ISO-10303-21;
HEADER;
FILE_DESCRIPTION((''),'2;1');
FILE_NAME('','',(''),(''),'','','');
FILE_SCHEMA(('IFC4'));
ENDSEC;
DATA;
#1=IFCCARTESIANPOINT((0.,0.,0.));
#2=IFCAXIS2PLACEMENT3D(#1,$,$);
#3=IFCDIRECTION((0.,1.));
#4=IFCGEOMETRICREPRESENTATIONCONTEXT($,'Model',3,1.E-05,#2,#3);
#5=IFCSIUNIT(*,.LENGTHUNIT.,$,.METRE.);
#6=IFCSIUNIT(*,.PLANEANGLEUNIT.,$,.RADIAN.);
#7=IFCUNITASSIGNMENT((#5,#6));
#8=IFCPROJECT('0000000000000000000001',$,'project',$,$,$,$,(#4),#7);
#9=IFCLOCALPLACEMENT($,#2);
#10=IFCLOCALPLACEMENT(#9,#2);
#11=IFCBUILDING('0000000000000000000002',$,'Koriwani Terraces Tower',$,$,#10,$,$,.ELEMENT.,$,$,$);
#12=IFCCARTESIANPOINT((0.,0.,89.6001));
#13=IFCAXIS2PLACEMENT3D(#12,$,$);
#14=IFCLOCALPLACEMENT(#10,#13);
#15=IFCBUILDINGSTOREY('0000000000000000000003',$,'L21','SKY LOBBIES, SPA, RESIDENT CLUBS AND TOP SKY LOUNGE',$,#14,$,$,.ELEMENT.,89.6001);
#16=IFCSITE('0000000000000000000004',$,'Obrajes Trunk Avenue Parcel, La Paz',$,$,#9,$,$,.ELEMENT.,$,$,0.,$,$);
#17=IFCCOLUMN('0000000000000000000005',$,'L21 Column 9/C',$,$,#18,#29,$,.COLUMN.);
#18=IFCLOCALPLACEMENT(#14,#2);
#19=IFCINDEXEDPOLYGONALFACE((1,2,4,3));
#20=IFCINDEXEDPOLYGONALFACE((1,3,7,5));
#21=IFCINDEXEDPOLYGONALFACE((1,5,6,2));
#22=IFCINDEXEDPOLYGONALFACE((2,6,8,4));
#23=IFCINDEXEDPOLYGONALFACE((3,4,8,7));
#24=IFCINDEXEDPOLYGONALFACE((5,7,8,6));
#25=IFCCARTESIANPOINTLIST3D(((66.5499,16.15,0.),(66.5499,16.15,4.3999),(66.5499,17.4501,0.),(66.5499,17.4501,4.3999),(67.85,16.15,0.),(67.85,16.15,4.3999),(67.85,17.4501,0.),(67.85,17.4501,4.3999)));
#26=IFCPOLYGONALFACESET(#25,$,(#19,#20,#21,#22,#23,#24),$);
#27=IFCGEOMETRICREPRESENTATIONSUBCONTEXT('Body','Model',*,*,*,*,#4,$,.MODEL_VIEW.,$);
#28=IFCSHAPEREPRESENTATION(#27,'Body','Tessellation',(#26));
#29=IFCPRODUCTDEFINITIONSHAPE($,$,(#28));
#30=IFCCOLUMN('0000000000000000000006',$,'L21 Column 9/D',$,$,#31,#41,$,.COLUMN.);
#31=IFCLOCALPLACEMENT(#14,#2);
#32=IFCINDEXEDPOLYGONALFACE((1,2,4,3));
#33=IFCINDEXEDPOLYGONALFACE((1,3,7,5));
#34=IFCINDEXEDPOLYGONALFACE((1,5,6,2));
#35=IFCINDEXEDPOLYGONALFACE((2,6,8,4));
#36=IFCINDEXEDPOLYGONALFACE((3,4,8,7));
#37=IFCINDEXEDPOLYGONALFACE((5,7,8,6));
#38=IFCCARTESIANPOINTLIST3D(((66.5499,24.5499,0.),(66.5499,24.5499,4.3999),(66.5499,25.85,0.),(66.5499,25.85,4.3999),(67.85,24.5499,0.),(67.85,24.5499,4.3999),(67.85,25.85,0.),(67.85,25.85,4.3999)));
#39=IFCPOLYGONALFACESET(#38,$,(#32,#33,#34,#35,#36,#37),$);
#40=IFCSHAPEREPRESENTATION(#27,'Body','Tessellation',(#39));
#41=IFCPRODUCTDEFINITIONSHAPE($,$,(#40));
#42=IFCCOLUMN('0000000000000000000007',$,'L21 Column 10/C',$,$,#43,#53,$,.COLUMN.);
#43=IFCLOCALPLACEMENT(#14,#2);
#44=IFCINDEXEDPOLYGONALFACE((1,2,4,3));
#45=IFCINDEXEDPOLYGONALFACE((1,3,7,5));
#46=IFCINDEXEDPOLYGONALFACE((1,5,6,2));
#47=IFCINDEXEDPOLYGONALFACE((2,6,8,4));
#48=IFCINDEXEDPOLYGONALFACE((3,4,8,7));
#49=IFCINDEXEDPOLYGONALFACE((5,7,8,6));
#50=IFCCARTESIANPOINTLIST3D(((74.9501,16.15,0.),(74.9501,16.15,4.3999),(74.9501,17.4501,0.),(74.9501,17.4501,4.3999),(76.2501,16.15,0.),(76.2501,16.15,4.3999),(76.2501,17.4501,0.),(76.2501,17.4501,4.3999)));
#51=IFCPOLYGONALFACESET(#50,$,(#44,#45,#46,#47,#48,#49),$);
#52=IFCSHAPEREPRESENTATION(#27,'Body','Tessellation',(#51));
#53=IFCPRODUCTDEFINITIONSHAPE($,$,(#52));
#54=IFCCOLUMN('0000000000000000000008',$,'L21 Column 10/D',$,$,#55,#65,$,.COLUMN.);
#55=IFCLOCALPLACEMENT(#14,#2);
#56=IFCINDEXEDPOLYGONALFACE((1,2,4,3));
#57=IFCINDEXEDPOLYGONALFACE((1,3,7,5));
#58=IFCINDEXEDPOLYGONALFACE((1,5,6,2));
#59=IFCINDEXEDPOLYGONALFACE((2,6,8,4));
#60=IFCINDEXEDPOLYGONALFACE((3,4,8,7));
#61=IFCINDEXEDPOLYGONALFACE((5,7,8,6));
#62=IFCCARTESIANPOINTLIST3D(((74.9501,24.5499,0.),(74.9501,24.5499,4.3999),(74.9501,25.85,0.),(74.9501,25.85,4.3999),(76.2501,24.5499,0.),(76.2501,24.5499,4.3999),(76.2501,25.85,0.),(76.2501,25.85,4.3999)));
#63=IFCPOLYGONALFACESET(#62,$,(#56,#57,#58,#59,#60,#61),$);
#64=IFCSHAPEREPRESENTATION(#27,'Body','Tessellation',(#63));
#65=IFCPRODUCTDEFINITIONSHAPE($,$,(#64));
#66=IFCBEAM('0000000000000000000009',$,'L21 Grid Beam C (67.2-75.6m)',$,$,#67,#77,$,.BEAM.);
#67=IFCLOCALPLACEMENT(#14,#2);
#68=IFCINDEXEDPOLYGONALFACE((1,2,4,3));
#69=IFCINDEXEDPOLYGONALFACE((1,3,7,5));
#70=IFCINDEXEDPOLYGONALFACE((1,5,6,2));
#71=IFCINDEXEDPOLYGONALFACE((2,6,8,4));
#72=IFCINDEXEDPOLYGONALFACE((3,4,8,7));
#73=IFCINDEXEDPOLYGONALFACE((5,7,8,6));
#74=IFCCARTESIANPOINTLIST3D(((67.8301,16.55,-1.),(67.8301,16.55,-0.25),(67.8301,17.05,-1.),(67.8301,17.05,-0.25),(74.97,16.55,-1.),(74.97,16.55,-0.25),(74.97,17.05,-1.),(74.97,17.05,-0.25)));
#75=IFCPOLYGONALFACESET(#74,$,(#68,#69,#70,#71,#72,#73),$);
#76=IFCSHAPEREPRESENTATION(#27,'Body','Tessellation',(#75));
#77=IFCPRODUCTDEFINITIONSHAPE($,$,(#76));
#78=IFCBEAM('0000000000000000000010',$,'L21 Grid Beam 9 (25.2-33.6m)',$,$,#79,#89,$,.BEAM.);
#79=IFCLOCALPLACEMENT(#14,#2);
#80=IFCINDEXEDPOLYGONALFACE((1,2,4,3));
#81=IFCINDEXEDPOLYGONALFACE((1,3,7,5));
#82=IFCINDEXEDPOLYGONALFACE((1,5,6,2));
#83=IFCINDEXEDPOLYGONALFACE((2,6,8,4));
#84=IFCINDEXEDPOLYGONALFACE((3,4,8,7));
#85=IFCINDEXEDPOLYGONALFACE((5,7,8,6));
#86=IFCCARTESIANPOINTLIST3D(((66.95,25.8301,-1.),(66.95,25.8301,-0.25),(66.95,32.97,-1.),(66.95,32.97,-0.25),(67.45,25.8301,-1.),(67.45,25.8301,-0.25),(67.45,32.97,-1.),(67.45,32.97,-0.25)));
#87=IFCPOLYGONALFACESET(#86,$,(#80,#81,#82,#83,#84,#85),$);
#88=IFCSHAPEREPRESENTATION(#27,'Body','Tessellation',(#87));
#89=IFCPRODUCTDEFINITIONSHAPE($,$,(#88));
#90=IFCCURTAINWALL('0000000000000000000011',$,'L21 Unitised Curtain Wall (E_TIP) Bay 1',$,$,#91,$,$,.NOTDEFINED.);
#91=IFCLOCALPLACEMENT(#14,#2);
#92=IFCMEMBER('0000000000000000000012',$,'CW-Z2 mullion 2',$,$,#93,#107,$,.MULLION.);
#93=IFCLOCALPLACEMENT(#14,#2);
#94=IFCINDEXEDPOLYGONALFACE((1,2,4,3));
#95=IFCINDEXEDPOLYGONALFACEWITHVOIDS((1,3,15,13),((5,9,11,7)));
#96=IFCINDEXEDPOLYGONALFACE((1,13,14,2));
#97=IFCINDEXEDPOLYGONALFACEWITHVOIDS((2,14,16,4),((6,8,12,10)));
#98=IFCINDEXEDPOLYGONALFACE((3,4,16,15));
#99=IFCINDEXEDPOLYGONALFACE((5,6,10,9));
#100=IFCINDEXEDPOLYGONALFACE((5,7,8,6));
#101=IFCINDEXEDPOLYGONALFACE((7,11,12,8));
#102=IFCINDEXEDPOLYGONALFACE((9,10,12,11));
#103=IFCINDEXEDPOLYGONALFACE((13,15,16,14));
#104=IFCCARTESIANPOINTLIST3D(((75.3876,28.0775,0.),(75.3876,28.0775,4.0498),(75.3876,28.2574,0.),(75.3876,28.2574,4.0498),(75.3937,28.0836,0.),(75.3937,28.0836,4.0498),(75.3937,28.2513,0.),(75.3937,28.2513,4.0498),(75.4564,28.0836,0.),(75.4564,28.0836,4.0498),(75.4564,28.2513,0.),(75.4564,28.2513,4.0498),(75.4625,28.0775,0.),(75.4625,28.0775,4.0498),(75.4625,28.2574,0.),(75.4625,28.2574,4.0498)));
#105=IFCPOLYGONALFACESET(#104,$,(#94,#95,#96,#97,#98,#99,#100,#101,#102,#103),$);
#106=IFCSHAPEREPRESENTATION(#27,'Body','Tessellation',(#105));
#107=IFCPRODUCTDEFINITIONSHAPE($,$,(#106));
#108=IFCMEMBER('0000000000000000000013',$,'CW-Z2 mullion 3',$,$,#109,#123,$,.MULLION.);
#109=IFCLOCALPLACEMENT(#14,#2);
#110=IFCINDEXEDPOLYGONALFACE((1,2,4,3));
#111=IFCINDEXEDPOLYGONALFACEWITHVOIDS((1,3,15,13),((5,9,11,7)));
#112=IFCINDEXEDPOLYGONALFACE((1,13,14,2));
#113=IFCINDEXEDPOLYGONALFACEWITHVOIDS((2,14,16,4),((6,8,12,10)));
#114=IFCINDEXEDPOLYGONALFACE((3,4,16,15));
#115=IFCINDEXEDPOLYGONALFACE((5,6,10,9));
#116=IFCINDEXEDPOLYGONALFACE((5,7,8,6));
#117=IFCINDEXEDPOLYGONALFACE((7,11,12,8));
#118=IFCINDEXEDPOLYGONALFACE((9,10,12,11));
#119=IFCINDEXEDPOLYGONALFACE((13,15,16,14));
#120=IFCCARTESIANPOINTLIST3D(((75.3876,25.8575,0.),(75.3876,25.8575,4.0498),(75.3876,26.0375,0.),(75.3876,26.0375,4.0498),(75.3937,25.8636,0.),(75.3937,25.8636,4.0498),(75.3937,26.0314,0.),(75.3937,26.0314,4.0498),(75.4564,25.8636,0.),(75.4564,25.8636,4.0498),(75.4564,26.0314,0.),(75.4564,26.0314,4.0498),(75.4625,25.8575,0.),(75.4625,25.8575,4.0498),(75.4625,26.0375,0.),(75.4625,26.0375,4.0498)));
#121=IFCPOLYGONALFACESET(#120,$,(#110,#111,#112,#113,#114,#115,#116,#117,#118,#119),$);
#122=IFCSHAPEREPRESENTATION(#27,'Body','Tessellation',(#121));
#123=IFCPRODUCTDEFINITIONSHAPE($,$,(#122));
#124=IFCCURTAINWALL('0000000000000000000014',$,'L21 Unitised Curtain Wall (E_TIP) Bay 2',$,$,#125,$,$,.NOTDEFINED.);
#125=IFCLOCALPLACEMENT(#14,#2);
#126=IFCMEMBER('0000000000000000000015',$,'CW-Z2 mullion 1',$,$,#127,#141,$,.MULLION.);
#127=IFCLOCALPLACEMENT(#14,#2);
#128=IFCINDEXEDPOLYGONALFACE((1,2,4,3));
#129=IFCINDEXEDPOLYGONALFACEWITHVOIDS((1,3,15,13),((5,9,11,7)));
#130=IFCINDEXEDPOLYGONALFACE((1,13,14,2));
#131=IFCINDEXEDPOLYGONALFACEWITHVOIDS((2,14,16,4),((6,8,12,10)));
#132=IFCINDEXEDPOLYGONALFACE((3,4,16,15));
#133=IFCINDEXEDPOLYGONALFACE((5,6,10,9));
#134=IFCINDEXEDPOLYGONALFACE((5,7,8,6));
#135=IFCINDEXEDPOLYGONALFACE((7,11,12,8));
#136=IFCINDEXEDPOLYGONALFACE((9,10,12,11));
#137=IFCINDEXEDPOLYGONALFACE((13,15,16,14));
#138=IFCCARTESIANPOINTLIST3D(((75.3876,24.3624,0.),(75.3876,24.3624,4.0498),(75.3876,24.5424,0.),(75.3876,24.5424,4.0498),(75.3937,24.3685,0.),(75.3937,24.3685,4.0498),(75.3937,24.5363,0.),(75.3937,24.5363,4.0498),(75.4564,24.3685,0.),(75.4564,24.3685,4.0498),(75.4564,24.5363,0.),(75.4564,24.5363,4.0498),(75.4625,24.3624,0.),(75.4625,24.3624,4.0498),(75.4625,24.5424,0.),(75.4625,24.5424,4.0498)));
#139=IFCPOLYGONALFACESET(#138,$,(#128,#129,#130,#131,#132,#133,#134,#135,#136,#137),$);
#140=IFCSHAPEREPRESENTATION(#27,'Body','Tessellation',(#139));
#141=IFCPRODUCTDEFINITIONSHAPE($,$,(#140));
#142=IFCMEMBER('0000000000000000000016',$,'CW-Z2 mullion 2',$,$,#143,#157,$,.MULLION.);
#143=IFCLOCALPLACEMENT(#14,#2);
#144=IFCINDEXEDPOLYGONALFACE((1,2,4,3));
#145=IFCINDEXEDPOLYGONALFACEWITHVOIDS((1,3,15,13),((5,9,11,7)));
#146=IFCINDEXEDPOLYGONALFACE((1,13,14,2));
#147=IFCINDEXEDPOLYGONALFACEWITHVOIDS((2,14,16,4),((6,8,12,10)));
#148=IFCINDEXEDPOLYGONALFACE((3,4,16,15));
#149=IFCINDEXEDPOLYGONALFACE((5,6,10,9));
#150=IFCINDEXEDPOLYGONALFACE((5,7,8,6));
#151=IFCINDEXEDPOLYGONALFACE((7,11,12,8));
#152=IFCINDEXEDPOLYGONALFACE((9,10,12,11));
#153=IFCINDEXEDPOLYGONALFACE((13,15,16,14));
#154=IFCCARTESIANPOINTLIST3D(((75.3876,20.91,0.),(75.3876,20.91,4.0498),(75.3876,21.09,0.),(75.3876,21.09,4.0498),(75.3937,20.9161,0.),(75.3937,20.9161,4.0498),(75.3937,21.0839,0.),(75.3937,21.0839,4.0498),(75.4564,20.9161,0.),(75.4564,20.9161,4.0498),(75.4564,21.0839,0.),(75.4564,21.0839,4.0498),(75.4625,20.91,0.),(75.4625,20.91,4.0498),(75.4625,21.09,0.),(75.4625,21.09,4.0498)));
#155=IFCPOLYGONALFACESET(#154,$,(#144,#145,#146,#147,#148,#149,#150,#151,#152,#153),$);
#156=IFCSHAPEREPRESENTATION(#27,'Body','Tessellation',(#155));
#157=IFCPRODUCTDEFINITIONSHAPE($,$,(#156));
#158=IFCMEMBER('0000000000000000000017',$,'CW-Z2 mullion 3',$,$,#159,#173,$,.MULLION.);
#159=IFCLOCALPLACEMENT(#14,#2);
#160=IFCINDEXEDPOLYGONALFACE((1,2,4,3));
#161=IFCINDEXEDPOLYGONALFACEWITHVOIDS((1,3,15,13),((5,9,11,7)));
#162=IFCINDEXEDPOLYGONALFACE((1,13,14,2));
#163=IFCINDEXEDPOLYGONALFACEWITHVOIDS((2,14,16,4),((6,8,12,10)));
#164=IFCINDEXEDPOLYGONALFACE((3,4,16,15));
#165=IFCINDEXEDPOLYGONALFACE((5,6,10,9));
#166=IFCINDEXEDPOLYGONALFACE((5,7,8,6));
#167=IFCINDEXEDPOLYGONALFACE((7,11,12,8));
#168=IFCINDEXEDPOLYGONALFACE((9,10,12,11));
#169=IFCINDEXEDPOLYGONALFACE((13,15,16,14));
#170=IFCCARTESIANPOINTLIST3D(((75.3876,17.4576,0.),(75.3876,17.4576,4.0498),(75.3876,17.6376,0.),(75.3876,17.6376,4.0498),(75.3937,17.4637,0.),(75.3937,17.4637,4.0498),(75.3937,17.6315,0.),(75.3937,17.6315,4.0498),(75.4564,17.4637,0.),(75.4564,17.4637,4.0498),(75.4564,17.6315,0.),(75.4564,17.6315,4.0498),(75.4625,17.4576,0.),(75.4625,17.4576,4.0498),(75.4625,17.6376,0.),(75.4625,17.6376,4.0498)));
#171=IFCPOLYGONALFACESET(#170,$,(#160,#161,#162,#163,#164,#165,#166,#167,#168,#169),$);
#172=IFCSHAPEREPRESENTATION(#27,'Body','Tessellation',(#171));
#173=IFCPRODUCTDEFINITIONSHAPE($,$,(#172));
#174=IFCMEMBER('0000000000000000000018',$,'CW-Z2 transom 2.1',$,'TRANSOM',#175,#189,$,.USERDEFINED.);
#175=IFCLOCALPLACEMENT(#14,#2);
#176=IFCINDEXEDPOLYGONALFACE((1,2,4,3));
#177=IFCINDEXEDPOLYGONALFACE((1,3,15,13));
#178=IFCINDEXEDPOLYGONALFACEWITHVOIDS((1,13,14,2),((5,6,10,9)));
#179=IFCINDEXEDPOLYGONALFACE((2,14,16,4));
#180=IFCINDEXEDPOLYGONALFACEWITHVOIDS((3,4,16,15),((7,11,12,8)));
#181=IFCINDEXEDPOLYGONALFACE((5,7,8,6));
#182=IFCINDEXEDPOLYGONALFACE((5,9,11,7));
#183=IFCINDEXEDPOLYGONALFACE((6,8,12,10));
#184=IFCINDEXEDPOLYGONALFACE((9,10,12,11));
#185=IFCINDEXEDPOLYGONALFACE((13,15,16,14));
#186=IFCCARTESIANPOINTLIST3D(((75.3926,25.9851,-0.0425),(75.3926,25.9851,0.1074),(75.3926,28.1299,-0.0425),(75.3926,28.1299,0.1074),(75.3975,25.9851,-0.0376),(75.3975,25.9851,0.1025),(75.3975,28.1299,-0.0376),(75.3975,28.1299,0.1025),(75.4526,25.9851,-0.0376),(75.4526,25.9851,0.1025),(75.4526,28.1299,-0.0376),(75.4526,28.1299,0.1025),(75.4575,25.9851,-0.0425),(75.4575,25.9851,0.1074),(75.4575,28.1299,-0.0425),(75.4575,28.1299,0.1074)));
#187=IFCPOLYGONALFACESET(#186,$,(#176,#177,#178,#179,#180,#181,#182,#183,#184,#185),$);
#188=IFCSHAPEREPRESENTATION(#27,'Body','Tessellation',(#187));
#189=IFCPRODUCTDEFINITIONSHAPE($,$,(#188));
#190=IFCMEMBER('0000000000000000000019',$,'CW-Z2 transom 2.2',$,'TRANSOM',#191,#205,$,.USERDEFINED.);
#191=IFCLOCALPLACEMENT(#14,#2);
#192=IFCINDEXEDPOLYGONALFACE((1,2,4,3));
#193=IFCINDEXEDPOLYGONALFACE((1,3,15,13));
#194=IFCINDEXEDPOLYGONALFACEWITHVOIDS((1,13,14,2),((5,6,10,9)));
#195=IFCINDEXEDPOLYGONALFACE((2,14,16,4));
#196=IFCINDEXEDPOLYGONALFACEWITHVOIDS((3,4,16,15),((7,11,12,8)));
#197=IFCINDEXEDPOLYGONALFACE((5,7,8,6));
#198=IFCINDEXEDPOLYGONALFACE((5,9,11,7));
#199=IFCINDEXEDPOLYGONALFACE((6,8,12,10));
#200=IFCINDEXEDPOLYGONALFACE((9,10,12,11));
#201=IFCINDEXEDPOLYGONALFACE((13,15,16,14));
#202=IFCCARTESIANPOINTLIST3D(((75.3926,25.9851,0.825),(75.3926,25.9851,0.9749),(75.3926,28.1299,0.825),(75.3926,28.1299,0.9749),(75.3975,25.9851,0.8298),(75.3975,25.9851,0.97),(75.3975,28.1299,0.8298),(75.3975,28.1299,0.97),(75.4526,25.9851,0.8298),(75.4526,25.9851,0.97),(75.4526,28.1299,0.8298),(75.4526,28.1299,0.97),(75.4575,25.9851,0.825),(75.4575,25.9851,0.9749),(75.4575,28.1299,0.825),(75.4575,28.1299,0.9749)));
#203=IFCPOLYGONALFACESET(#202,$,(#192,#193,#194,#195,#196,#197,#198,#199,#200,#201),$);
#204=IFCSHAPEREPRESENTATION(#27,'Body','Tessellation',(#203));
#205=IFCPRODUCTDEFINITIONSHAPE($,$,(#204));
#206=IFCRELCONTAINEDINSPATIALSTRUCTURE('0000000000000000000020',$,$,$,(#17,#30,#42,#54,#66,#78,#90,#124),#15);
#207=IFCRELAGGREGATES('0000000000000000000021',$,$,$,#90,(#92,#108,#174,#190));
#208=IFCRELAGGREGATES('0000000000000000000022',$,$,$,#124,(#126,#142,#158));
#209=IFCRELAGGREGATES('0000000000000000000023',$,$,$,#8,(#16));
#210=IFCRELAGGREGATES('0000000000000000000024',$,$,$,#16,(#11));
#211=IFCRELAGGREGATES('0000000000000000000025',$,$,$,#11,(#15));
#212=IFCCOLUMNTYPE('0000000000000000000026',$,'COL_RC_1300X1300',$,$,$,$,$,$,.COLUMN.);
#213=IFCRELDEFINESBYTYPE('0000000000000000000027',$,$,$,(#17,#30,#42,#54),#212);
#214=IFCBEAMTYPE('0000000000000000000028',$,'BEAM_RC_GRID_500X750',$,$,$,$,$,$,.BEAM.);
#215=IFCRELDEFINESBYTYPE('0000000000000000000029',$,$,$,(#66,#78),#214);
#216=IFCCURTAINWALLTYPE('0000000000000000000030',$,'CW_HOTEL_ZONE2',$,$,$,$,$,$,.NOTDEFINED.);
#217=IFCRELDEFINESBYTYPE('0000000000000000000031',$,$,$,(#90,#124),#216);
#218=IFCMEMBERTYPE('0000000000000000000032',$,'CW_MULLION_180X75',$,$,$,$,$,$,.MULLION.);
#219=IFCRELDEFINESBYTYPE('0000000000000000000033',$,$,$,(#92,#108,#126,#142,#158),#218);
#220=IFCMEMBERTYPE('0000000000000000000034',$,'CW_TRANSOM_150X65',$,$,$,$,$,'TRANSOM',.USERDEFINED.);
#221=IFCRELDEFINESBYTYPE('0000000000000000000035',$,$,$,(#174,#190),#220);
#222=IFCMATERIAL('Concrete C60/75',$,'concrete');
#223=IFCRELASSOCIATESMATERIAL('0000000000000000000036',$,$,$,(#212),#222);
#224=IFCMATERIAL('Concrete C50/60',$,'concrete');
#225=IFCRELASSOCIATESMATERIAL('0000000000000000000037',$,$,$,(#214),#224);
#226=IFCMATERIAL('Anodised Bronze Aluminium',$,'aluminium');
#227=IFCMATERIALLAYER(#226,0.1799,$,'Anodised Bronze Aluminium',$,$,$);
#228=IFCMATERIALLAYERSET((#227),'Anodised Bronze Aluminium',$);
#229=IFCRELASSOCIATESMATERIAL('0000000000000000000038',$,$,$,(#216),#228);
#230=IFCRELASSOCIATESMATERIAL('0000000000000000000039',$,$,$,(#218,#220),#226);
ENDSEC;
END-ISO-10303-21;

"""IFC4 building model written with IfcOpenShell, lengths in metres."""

from ifc_helpers import new_model, si_unit, direction, frame, origin, origin_2d, place, context, subcontext, project, spatial, rectangle, hollow_rectangle, extrude, material, layer, layer_set, material_profile, profile_set, type_object, element, aggregate, save


model = new_model("IFC4")

# Units and contexts
model_context = context("Model", 3, precision=1e-05, world=origin(), true_north=direction((0.0, 1.0)))
body_context = subcontext(model_context, "Body", "Model", "MODEL_VIEW")
ifc_project = project(units=[si_unit("LENGTHUNIT", "METRE"), si_unit("PLANEANGLEUNIT", "RADIAN")], contexts=[model_context])

# Site, building, storey
site_placement = place(None, origin())
site = spatial("IfcSite", under=ifc_project, at=site_placement, Name="Obrajes Trunk Avenue Parcel, La Paz", CompositionType="ELEMENT", RefElevation=0.0)
building_placement = place(site_placement, origin())
building = spatial("IfcBuilding", under=site, at=building_placement, Name="Koriwani Terraces Tower", CompositionType="ELEMENT")
storey_placement = place(building_placement, frame((0.0, 0.0, 89.6001)))
storey = spatial("IfcBuildingStorey", under=building, at=storey_placement, Name="L21", Description="SKY LOBBIES, SPA, RESIDENT CLUBS AND TOP SKY LOUNGE", CompositionType="ELEMENT", Elevation=89.6001)

# Columns
ifc_material_1 = material(Name="Concrete C60/75", Category="concrete")
ifc_material_profile_1 = material_profile(ifc_material_1, rectangle(XDim=1.3, YDim=1.3, at=origin_2d()), Name="Concrete C60/75", Category="LoadBearing")
ifc_profile_set_1 = profile_set([ifc_material_profile_1], Name="Concrete C60/75")
column_type = type_object("IfcColumnType", Name="COL_RC_1300X1300", PredefinedType="COLUMN", material=ifc_profile_set_1)
for number, where, z_axis, x_axis, name in (
    (1, (67.2, 16.8, 0.0), (0.0, 0.0, 1.0), (1.0, 0.0, 0.0), "L21 Column 9/C"),
    (2, (67.2, 25.2, 0.0), (0.0, 0.0, 1.0), (1.0, 0.0, 0.0), "L21 Column 9/D"),
    (3, (75.6001, 16.8, 0.0), (0.0, 0.0, 1.0), (1.0, 0.0, 0.0), "L21 Column 10/C"),
    (4, (75.6001, 25.2, 0.0), (0.0, 0.0, 1.0), (1.0, 0.0, 0.0), "L21 Column 10/D"),
):
    element("IfcColumn", number, at=place(storey_placement, frame(where, z_axis=z_axis, x_axis=x_axis)), inside=storey, type_object=column_type, Name=name, PredefinedType="COLUMN", context=body_context, shape_type="SweptSolid", body=[
        extrude(rectangle(XDim=1.3, YDim=1.3, at=origin_2d()), origin(), (0.0, 0.0, 1.0), 4.3999),
    ])

# Beams
ifc_material_2 = material(Name="Concrete C50/60", Category="concrete")
ifc_material_profile_2 = material_profile(ifc_material_2, rectangle(XDim=0.5, YDim=0.75, at=origin_2d()), Name="Concrete C50/60", Category="LoadBearing")
ifc_profile_set_2 = profile_set([ifc_material_profile_2], Name="Concrete C50/60")
beam_type_1 = type_object("IfcBeamType", Name="BEAM_RC_GRID_500X750", PredefinedType="BEAM", material=ifc_profile_set_2)
for number, where, z_axis, x_axis, name in (
    (5, (67.8301, 16.8, -0.625), (1.0, 0.0, 0.0), (0.0, 1.0, 0.0), "L21 Grid Beam C (67.2-75.6m)"),
    (6, (67.2, 25.8301, -0.625), (0.0, 1.0, 0.0), (-1.0, 0.0, 0.0), "L21 Grid Beam 9 (25.2-33.6m)"),
):
    element("IfcBeam", number, at=place(storey_placement, frame(where, z_axis=z_axis, x_axis=x_axis)), inside=storey, type_object=beam_type_1, Name=name, PredefinedType="BEAM", context=body_context, shape_type="SweptSolid", body=[
        extrude(rectangle(XDim=0.5, YDim=0.75, at=origin_2d()), origin(), (0.0, 0.0, 1.0), 7.1399),
    ])

# Curtain walls, members
ifc_material_3 = material(Name="Anodised Bronze Aluminium", Category="aluminium")
ifc_layer_1 = layer(ifc_material_3, 0.1799, Name="Anodised Bronze Aluminium")
ifc_layer_set_1 = layer_set([ifc_layer_1], Name="Anodised Bronze Aluminium")
curtain_wall_type = type_object("IfcCurtainWallType", Name="CW_HOTEL_ZONE2", PredefinedType="NOTDEFINED", material=ifc_layer_set_1)
curtain_wall_1_placement = place(storey_placement, origin())
curtain_wall_1 = element("IfcCurtainWall", 7, at=curtain_wall_1_placement, inside=storey, type_object=curtain_wall_type, Name="L21 Unitised Curtain Wall (E_TIP) Bay 1", PredefinedType="NOTDEFINED")
ifc_material_profile_3 = material_profile(ifc_material_3, hollow_rectangle(XDim=0.075, YDim=0.1799, WallThickness=0.0061, at=origin_2d()), Name="Anodised Bronze Aluminium", Category="LoadBearing")
ifc_profile_set_3 = profile_set([ifc_material_profile_3], Name="Anodised Bronze Aluminium")
member_type_1 = type_object("IfcMemberType", Name="CW_MULLION_180X75", PredefinedType="MULLION", material=ifc_profile_set_3)
member_1_placement = place(storey_placement, frame((75.425, 28.1675, 0.0), z_axis=(0.0, 0.0, 1.0), x_axis=(1.0, 0.0, 0.0)))
member_1 = element("IfcMember", 8, at=member_1_placement, type_object=member_type_1, Name="CW-Z2 mullion 2", PredefinedType="MULLION", context=body_context, shape_type="SweptSolid", body=[
    extrude(hollow_rectangle(XDim=0.075, YDim=0.1799, WallThickness=0.0061, at=origin_2d()), origin(), (0.0, 0.0, 1.0), 4.0498),
])
member_2_placement = place(storey_placement, frame((75.425, 25.9475, 0.0), z_axis=(0.0, 0.0, 1.0), x_axis=(1.0, 0.0, 0.0)))
member_2 = element("IfcMember", 9, at=member_2_placement, type_object=member_type_1, Name="CW-Z2 mullion 3", PredefinedType="MULLION", context=body_context, shape_type="SweptSolid", body=[
    extrude(hollow_rectangle(XDim=0.075, YDim=0.1799, WallThickness=0.0061, at=origin_2d()), origin(), (0.0, 0.0, 1.0), 4.0498),
])
curtain_wall_2_placement = place(storey_placement, origin())
curtain_wall_2 = element("IfcCurtainWall", 10, at=curtain_wall_2_placement, inside=storey, type_object=curtain_wall_type, Name="L21 Unitised Curtain Wall (E_TIP) Bay 2", PredefinedType="NOTDEFINED")
member_3_placement = place(storey_placement, frame((75.425, 24.4524, 0.0), z_axis=(0.0, 0.0, 1.0), x_axis=(1.0, 0.0, 0.0)))
member_3 = element("IfcMember", 11, at=member_3_placement, type_object=member_type_1, Name="CW-Z2 mullion 1", PredefinedType="MULLION", context=body_context, shape_type="SweptSolid", body=[
    extrude(hollow_rectangle(XDim=0.075, YDim=0.1799, WallThickness=0.0061, at=origin_2d()), origin(), (0.0, 0.0, 1.0), 4.0498),
])
member_4_placement = place(storey_placement, frame((75.425, 21.0, 0.0), z_axis=(0.0, 0.0, 1.0), x_axis=(1.0, 0.0, 0.0)))
member_4 = element("IfcMember", 12, at=member_4_placement, type_object=member_type_1, Name="CW-Z2 mullion 2", PredefinedType="MULLION", context=body_context, shape_type="SweptSolid", body=[
    extrude(hollow_rectangle(XDim=0.075, YDim=0.1799, WallThickness=0.0061, at=origin_2d()), origin(), (0.0, 0.0, 1.0), 4.0498),
])
member_5_placement = place(storey_placement, frame((75.425, 17.5476, 0.0), z_axis=(0.0, 0.0, 1.0), x_axis=(1.0, 0.0, 0.0)))
member_5 = element("IfcMember", 13, at=member_5_placement, type_object=member_type_1, Name="CW-Z2 mullion 3", PredefinedType="MULLION", context=body_context, shape_type="SweptSolid", body=[
    extrude(hollow_rectangle(XDim=0.075, YDim=0.1799, WallThickness=0.0061, at=origin_2d()), origin(), (0.0, 0.0, 1.0), 4.0498),
])

# Members
ifc_material_profile_4 = material_profile(ifc_material_3, hollow_rectangle(XDim=0.0649, YDim=0.1499, WallThickness=0.0049, at=origin_2d()), Name="Anodised Bronze Aluminium", Category="LoadBearing")
ifc_profile_set_4 = profile_set([ifc_material_profile_4], Name="Anodised Bronze Aluminium")
member_type_2 = type_object("IfcMemberType", Name="CW_TRANSOM_150X65", ElementType="TRANSOM", PredefinedType="USERDEFINED", material=ifc_profile_set_4)
member_6_placement = place(storey_placement, frame((75.425, 28.1299, 0.0325), z_axis=(0.0, -1.0, 0.0), x_axis=(1.0, 0.0, 0.0)))
member_6 = element("IfcMember", 14, at=member_6_placement, type_object=member_type_2, Name="CW-Z2 transom 2.1", ObjectType="TRANSOM", PredefinedType="USERDEFINED", context=body_context, shape_type="SweptSolid", body=[
    extrude(hollow_rectangle(XDim=0.0649, YDim=0.1499, WallThickness=0.0049, at=origin_2d()), origin(), (0.0, 0.0, 1.0), 2.1448),
])
member_7_placement = place(storey_placement, frame((75.425, 28.1299, 0.8999), z_axis=(0.0, -1.0, 0.0), x_axis=(1.0, 0.0, 0.0)))
member_7 = element("IfcMember", 15, at=member_7_placement, type_object=member_type_2, Name="CW-Z2 transom 2.2", ObjectType="TRANSOM", PredefinedType="USERDEFINED", context=body_context, shape_type="SweptSolid", body=[
    extrude(hollow_rectangle(XDim=0.0649, YDim=0.1499, WallThickness=0.0049, at=origin_2d()), origin(), (0.0, 0.0, 1.0), 2.1448),
])

aggregate(curtain_wall_1, [member_1, member_2, member_6, member_7])
aggregate(curtain_wall_2, [member_3, member_4, member_5])

save(model, "model.ifc")
